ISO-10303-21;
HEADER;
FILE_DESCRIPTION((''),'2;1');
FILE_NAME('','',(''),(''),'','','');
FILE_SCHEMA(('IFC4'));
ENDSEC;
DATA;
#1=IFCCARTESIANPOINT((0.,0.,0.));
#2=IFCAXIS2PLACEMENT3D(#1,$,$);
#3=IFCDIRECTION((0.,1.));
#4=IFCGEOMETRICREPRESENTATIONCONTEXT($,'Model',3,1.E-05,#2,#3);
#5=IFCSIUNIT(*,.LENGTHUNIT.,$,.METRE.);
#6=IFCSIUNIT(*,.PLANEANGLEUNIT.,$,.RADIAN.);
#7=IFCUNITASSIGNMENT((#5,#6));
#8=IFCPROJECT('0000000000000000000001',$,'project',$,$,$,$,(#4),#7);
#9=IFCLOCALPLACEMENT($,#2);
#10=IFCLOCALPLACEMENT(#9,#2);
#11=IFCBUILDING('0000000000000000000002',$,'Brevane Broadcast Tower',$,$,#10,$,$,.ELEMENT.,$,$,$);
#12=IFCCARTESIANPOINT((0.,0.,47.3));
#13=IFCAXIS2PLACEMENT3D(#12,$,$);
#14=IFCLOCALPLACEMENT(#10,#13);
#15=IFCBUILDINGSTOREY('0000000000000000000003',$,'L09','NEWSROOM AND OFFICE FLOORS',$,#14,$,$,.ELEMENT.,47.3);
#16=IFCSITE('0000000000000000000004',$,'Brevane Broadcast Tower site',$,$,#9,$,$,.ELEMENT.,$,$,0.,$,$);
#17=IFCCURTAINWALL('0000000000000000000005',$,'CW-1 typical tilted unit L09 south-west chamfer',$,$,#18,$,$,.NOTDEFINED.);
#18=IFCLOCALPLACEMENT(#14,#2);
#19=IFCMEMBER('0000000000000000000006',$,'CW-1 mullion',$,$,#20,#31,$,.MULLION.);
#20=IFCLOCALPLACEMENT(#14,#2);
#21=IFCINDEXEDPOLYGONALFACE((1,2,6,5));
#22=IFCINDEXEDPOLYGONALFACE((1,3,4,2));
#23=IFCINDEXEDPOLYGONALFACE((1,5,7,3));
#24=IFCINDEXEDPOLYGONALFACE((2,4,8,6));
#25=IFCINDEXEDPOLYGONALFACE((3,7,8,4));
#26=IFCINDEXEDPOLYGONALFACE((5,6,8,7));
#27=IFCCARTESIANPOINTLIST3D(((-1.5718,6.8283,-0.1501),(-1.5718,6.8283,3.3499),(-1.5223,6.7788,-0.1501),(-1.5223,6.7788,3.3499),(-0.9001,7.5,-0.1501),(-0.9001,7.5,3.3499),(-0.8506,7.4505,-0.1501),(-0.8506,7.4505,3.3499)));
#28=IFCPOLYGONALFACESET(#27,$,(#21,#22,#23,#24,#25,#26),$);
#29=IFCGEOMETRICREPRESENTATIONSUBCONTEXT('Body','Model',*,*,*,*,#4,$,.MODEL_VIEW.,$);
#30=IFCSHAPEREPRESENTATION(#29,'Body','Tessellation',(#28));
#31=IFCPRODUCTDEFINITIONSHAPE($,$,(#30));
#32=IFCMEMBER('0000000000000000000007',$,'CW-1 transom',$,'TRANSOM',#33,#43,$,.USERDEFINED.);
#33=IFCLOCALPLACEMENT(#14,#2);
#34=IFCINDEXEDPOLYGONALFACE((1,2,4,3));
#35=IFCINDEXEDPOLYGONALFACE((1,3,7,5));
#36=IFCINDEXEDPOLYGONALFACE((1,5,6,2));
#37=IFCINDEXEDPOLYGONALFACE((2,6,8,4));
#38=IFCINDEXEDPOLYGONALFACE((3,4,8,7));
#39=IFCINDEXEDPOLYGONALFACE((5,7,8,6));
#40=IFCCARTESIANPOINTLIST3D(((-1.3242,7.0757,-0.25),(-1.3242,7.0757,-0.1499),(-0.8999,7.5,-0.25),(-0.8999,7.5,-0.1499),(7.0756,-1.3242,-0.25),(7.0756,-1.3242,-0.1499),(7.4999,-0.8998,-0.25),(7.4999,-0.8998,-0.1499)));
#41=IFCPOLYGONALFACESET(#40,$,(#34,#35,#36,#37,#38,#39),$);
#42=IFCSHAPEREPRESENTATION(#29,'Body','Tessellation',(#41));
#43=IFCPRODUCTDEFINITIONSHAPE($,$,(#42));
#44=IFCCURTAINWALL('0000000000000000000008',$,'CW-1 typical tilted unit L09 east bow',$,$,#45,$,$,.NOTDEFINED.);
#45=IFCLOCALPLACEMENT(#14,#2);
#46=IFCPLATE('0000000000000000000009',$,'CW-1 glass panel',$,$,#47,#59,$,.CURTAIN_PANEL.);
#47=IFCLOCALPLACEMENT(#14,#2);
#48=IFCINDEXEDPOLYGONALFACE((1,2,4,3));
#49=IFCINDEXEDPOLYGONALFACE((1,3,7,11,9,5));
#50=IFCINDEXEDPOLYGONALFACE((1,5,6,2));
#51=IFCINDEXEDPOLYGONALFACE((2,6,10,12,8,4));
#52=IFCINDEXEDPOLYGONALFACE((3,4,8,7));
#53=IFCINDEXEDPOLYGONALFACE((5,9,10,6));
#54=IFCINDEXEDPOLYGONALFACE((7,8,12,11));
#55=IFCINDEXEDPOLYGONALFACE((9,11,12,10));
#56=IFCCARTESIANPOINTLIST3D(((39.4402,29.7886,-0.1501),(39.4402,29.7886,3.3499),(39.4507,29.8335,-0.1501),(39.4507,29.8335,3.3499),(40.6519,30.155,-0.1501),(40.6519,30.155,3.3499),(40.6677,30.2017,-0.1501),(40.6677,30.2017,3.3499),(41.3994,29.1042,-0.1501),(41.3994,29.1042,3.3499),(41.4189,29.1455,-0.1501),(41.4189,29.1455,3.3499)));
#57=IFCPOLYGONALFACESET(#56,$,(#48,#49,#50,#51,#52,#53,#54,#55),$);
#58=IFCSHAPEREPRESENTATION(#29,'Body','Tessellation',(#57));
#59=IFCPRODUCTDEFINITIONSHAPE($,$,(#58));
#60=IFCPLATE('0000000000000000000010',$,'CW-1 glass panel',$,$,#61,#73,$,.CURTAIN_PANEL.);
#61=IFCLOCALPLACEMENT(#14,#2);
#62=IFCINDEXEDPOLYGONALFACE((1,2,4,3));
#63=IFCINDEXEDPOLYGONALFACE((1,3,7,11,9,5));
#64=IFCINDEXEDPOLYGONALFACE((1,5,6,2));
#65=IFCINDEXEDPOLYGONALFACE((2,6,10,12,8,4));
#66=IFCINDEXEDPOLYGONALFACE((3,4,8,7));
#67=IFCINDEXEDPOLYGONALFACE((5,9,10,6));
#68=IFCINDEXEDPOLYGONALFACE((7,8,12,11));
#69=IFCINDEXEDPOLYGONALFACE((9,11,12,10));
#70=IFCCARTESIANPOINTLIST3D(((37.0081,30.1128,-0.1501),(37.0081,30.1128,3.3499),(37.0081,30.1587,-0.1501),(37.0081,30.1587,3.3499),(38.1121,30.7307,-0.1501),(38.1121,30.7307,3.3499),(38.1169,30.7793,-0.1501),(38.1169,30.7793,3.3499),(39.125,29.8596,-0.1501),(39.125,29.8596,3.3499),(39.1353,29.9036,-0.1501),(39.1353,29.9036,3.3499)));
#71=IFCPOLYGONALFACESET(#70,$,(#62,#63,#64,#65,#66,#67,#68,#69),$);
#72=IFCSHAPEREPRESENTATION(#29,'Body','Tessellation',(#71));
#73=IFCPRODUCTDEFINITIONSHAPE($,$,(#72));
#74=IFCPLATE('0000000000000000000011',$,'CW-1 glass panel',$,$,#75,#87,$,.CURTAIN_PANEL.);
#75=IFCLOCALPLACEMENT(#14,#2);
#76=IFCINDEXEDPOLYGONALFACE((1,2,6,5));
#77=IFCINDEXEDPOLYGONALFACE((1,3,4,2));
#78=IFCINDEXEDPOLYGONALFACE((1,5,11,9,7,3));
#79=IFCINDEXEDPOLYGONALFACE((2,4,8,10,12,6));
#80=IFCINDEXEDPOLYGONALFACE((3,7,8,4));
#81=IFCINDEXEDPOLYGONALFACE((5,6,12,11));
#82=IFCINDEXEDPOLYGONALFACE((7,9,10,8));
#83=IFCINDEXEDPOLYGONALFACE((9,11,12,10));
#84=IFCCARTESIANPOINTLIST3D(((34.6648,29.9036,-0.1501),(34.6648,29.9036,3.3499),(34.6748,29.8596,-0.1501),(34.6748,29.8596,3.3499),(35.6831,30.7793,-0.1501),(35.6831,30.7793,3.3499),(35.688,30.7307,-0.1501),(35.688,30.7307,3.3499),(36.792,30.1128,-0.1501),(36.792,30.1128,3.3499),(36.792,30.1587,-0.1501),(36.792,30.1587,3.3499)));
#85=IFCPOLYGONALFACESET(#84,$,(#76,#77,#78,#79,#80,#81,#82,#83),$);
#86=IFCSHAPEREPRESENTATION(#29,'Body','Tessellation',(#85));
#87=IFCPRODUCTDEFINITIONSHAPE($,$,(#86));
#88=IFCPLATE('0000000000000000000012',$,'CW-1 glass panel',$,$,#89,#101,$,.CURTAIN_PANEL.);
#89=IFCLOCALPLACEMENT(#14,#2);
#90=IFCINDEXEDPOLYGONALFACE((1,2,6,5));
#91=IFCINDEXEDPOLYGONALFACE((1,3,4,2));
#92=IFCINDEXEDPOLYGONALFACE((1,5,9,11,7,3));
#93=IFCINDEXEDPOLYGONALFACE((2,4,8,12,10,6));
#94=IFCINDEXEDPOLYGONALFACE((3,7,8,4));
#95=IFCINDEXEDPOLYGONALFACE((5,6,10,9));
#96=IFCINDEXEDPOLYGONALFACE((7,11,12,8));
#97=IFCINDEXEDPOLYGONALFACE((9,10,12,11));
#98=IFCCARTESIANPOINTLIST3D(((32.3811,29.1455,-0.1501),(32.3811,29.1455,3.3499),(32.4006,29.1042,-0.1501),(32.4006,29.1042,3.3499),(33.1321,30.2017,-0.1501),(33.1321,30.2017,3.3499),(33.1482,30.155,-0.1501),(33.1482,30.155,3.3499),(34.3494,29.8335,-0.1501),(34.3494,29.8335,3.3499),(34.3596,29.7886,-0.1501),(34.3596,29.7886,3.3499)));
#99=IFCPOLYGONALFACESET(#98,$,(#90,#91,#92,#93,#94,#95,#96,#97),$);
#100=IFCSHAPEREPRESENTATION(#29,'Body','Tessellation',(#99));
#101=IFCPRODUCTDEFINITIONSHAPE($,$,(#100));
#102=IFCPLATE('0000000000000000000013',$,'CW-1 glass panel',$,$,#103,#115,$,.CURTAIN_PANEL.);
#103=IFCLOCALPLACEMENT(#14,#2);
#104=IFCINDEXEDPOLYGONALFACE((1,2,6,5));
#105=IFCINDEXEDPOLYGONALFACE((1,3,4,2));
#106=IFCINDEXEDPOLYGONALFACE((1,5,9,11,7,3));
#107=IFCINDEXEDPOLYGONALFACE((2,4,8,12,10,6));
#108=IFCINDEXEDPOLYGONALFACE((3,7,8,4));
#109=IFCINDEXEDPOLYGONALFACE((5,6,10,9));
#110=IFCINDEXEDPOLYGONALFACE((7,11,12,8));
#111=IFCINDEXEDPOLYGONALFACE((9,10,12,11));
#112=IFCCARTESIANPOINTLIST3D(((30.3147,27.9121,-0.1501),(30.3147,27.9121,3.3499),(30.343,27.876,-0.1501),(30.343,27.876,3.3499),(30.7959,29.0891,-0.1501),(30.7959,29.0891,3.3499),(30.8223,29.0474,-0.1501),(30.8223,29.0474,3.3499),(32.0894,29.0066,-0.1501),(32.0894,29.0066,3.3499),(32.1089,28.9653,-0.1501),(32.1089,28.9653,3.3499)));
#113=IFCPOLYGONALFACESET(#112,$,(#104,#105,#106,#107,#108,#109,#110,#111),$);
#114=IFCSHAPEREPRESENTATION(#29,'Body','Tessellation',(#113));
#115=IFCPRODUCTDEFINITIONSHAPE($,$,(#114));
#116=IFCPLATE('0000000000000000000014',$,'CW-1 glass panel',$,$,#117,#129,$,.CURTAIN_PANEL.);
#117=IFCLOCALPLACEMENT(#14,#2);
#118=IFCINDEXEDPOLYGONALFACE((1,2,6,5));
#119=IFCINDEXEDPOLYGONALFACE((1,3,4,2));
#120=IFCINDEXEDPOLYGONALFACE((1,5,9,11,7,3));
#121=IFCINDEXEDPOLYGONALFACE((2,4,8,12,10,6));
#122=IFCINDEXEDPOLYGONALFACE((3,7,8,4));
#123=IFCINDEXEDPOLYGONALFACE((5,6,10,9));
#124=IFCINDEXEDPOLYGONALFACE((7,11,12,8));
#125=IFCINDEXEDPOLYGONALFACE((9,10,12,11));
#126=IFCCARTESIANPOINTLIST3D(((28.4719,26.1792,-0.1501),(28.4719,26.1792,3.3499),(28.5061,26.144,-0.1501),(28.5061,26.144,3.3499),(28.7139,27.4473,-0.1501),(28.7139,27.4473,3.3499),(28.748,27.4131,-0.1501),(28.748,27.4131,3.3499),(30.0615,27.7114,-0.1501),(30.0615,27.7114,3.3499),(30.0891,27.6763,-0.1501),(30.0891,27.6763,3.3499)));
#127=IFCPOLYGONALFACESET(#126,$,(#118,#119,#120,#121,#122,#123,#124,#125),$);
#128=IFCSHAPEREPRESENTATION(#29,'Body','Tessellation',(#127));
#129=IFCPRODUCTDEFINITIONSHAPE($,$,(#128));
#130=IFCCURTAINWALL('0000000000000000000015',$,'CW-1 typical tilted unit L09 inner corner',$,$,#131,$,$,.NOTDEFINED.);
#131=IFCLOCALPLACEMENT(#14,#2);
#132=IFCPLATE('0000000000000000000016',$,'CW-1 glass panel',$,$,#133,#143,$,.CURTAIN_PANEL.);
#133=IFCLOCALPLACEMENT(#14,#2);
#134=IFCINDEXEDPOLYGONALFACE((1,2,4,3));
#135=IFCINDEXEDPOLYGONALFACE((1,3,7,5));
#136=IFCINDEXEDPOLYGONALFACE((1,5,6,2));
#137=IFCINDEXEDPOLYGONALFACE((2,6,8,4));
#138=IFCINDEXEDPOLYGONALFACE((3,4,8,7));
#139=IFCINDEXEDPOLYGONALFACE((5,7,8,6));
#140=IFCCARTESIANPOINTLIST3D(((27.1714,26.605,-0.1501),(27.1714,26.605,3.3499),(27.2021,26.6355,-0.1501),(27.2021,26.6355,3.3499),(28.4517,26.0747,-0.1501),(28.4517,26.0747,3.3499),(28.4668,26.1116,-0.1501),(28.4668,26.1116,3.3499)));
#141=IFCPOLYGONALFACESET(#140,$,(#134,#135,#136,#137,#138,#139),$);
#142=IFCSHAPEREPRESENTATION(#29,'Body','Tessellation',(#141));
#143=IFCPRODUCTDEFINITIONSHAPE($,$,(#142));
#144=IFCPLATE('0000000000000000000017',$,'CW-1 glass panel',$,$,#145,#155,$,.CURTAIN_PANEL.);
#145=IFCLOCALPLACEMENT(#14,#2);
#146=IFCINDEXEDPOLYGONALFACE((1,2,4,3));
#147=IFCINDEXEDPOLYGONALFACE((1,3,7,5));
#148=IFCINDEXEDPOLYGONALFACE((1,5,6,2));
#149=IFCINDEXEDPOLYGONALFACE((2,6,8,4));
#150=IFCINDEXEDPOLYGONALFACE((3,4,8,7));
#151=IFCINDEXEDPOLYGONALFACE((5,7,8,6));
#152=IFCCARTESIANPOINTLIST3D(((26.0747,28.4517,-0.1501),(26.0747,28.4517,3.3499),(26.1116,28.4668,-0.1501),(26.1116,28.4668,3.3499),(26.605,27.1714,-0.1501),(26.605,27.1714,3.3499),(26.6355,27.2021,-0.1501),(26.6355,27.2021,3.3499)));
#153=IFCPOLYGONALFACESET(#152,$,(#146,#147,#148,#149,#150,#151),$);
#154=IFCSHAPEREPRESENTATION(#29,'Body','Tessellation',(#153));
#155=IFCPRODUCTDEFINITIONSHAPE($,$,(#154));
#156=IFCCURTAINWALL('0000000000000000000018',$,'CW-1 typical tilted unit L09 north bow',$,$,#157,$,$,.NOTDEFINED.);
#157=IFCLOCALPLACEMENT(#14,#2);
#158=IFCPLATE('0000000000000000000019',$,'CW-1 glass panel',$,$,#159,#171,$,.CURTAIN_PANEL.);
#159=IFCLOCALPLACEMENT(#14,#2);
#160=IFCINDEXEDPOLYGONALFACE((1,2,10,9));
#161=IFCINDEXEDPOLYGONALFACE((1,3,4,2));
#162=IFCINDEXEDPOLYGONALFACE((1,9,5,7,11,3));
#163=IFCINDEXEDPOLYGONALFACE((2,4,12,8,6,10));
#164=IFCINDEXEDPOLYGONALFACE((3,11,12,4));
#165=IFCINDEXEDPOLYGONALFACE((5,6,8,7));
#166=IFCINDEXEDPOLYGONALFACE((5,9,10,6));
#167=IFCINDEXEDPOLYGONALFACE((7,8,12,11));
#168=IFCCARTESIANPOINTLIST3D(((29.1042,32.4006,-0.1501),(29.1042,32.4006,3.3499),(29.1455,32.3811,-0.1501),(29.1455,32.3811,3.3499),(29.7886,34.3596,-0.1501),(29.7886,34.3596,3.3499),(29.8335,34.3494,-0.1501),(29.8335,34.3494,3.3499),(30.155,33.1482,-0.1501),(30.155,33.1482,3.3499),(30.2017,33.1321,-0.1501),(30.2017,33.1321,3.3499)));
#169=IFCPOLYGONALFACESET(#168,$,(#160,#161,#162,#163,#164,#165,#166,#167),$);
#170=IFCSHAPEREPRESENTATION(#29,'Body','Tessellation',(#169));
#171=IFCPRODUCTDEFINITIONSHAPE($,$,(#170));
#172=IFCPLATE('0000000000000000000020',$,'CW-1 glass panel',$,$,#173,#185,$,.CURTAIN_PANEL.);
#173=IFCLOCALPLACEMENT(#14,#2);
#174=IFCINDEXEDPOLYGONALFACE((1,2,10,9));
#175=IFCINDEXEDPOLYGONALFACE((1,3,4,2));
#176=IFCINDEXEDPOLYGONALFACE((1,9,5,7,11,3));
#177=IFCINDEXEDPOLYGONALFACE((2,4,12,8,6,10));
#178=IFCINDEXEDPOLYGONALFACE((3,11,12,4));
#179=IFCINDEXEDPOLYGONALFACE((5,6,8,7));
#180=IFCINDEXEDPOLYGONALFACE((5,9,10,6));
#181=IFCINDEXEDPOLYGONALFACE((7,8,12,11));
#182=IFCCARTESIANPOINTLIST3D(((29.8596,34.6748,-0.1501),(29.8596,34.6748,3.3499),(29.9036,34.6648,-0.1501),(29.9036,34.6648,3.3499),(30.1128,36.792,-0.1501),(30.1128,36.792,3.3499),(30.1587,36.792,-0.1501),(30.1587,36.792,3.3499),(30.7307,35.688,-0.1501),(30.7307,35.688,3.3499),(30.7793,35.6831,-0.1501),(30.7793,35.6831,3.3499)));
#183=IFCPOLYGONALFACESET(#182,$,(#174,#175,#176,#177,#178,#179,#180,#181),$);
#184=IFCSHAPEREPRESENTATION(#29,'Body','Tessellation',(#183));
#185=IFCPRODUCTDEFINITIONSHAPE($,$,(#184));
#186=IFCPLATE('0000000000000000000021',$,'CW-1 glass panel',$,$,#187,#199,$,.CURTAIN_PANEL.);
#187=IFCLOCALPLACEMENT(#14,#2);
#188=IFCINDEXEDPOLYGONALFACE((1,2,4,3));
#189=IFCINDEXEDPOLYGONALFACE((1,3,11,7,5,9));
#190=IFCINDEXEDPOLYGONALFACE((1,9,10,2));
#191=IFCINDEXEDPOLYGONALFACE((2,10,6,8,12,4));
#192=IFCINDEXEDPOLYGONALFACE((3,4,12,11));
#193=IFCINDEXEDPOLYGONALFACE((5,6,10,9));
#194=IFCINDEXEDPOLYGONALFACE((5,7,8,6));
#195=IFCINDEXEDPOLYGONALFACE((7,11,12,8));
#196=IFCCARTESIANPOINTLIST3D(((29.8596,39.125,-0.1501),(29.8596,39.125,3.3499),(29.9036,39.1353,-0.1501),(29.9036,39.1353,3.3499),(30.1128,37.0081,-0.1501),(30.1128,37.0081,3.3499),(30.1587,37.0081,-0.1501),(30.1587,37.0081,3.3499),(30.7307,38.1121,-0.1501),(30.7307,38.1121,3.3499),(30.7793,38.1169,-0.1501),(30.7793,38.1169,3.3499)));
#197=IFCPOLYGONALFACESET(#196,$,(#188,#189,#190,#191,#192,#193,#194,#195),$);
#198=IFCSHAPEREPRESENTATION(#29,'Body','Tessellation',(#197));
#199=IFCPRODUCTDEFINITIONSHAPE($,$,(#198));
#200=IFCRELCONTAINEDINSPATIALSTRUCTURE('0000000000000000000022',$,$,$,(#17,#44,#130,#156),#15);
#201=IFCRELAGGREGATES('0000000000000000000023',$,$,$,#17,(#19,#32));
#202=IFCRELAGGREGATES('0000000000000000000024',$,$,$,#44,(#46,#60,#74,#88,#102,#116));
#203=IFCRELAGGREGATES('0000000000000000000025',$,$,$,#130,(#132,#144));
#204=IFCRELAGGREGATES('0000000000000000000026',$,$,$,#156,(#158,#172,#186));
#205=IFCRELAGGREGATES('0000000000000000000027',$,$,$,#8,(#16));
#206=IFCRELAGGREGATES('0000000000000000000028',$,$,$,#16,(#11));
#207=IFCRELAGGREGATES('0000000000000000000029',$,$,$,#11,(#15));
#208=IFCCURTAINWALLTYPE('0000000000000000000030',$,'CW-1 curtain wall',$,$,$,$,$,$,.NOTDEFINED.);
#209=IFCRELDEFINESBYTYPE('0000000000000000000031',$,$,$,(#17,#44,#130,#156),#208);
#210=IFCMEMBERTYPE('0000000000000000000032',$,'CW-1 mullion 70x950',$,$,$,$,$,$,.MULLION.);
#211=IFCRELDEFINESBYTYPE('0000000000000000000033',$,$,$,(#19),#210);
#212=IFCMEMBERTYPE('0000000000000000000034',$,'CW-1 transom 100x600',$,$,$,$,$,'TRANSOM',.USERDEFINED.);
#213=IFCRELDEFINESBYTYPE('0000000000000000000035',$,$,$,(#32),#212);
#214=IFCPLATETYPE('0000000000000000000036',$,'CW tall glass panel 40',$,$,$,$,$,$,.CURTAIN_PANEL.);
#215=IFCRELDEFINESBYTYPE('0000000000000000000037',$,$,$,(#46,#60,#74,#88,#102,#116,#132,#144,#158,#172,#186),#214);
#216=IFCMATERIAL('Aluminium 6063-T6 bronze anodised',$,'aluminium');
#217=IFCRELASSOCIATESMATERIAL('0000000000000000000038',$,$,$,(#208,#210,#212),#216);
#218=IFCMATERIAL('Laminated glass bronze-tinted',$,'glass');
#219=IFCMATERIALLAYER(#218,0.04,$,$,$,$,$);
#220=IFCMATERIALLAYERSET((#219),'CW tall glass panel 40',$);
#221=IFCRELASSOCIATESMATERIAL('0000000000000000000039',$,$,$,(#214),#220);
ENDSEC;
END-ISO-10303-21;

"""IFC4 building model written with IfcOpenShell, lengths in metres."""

from ifc_helpers import new_model, si_unit, direction, frame, origin, origin_2d, place, context, subcontext, project, spatial, polyline, rectangle, outline, extrude, material, layer, layer_set, material_profile, profile_set, type_object, element, aggregate, save


model = new_model("IFC4")

# Units and contexts
model_context = context("Model", 3, precision=1e-05, world=origin(), true_north=direction((0.0, 1.0)))
body_context = subcontext(model_context, "Body", "Model", "MODEL_VIEW")
ifc_project = project(units=[si_unit("LENGTHUNIT", "METRE"), si_unit("PLANEANGLEUNIT", "RADIAN")], contexts=[model_context])

# Site, building, storey
site_placement = place(None, origin())
site = spatial("IfcSite", under=ifc_project, at=site_placement, Name="Brevane Broadcast Tower site", CompositionType="ELEMENT", RefElevation=0.0)
building_placement = place(site_placement, origin())
building = spatial("IfcBuilding", under=site, at=building_placement, Name="Brevane Broadcast Tower", CompositionType="ELEMENT")
storey_placement = place(building_placement, frame((0.0, 0.0, 47.3)))
storey = spatial("IfcBuildingStorey", under=building, at=storey_placement, Name="L09", Description="NEWSROOM AND OFFICE FLOORS", CompositionType="ELEMENT", Elevation=47.3)

# Curtain wall, members
ifc_material_1 = material(Name="Aluminium 6063-T6 bronze anodised", Category="aluminium")
curtain_wall_type = type_object("IfcCurtainWallType", Name="CW-1 curtain wall", PredefinedType="NOTDEFINED", material=ifc_material_1)
curtain_wall_1_placement = place(storey_placement, origin())
curtain_wall_1 = element("IfcCurtainWall", 1, at=curtain_wall_1_placement, inside=storey, type_object=curtain_wall_type, Name="CW-1 typical tilted unit L09 south-west chamfer", PredefinedType="NOTDEFINED")
ifc_material_profile_1 = material_profile(ifc_material_1, rectangle(XDim=0.95, YDim=0.0701, at=origin_2d()), Name="RECT 70x950")
ifc_profile_set_1 = profile_set([ifc_material_profile_1], Name="Aluminium 6063-T6 bronze anodised")
member_type_1 = type_object("IfcMemberType", Name="CW-1 mullion 70x950", PredefinedType="MULLION", material=ifc_profile_set_1)
member_1_placement = place(storey_placement, frame((-1.2112, 7.1394, -0.1501), z_axis=(0.0, 0.0, 1.0), x_axis=(0.707107, 0.707107, 0.0)))
member_1 = element("IfcMember", 2, at=member_1_placement, type_object=member_type_1, Name="CW-1 mullion", PredefinedType="MULLION", context=body_context, shape_type="SweptSolid", body=[
    extrude(rectangle(XDim=0.95, YDim=0.0701, at=origin_2d()), origin(), (0.0, 0.0, 1.0), 3.5),
])
ifc_material_profile_2 = material_profile(ifc_material_1, rectangle(XDim=0.6001, YDim=0.1001, at=origin_2d()), Name="RECT 100x600")
ifc_profile_set_2 = profile_set([ifc_material_profile_2], Name="Aluminium 6063-T6 bronze anodised")
member_type_2 = type_object("IfcMemberType", Name="CW-1 transom 100x600", ElementType="TRANSOM", PredefinedType="USERDEFINED", material=ifc_profile_set_2)
member_2_placement = place(storey_placement, frame((-1.1121, 7.2878, -0.2), z_axis=(0.707107, -0.707107, 0.0), x_axis=(0.707107, 0.707107, 0.0)))
member_2 = element("IfcMember", 3, at=member_2_placement, type_object=member_type_2, Name="CW-1 transom", ObjectType="TRANSOM", PredefinedType="USERDEFINED", context=body_context, shape_type="SweptSolid", body=[
    extrude(rectangle(XDim=0.6001, YDim=0.1001, at=origin_2d()), origin(), (0.0, 0.0, 1.0), 11.8792),
])
aggregate(curtain_wall_1, [member_1, member_2])

# Curtain walls, plates
curtain_wall_2_placement = place(storey_placement, origin())
curtain_wall_2 = element("IfcCurtainWall", 4, at=curtain_wall_2_placement, inside=storey, type_object=curtain_wall_type, Name="CW-1 typical tilted unit L09 east bow", PredefinedType="NOTDEFINED")
ifc_material_2 = material(Name="Laminated glass bronze-tinted", Category="glass")
ifc_layer_1 = layer(ifc_material_2, 0.04)
ifc_layer_set_1 = layer_set([ifc_layer_1], Name="CW tall glass panel 40")
plate_type = type_object("IfcPlateType", Name="CW tall glass panel 40", PredefinedType="CURTAIN_PANEL", material=ifc_layer_set_1)
plate_1_placement = place(storey_placement, frame((0.0, 0.0, -0.1501)))
plate_1 = element("IfcPlate", 5, at=plate_1_placement, type_object=plate_type, Name="CW-1 glass panel", PredefinedType="CURTAIN_PANEL", context=body_context, shape_type="SweptSolid", body=[
    extrude(outline(polyline([(41.3994, 29.1042), (41.4189, 29.1455), (40.6677, 30.2017), (39.4507, 29.8335), (39.4402, 29.7886), (40.6519, 30.155), (41.3994, 29.1042)])), origin(), (0.0, 0.0, 1.0), 3.5),
])
plate_2_placement = place(storey_placement, frame((0.0, 0.0, -0.1501)))
plate_2 = element("IfcPlate", 6, at=plate_2_placement, type_object=plate_type, Name="CW-1 glass panel", PredefinedType="CURTAIN_PANEL", context=body_context, shape_type="SweptSolid", body=[
    extrude(outline(polyline([(39.125, 29.8596), (39.1353, 29.9036), (38.1169, 30.7793), (37.0081, 30.1587), (37.0081, 30.1128), (38.1121, 30.7307), (39.125, 29.8596)])), origin(), (0.0, 0.0, 1.0), 3.5),
])
plate_3_placement = place(storey_placement, frame((0.0, 0.0, -0.1501)))
plate_3 = element("IfcPlate", 7, at=plate_3_placement, type_object=plate_type, Name="CW-1 glass panel", PredefinedType="CURTAIN_PANEL", context=body_context, shape_type="SweptSolid", body=[
    extrude(outline(polyline([(36.792, 30.1128), (36.792, 30.1587), (35.6831, 30.7793), (34.6648, 29.9036), (34.6748, 29.8596), (35.688, 30.7307), (36.792, 30.1128)])), origin(), (0.0, 0.0, 1.0), 3.5),
])
plate_4_placement = place(storey_placement, frame((0.0, 0.0, -0.1501)))
plate_4 = element("IfcPlate", 8, at=plate_4_placement, type_object=plate_type, Name="CW-1 glass panel", PredefinedType="CURTAIN_PANEL", context=body_context, shape_type="SweptSolid", body=[
    extrude(outline(polyline([(34.3596, 29.7886), (34.3494, 29.8335), (33.1321, 30.2017), (32.3811, 29.1455), (32.4006, 29.1042), (33.1482, 30.155), (34.3596, 29.7886)])), origin(), (0.0, 0.0, 1.0), 3.5),
])
plate_5_placement = place(storey_placement, frame((0.0, 0.0, -0.1501)))
plate_5 = element("IfcPlate", 9, at=plate_5_placement, type_object=plate_type, Name="CW-1 glass panel", PredefinedType="CURTAIN_PANEL", context=body_context, shape_type="SweptSolid", body=[
    extrude(outline(polyline([(32.1089, 28.9653), (32.0894, 29.0066), (30.7959, 29.0891), (30.3147, 27.9121), (30.343, 27.876), (30.8223, 29.0474), (32.1089, 28.9653)])), origin(), (0.0, 0.0, 1.0), 3.5),
])
plate_6_placement = place(storey_placement, frame((0.0, 0.0, -0.1501)))
plate_6 = element("IfcPlate", 10, at=plate_6_placement, type_object=plate_type, Name="CW-1 glass panel", PredefinedType="CURTAIN_PANEL", context=body_context, shape_type="SweptSolid", body=[
    extrude(outline(polyline([(30.0891, 27.6763), (30.0615, 27.7114), (28.7139, 27.4473), (28.4719, 26.1792), (28.5061, 26.144), (28.748, 27.4131), (30.0891, 27.6763)])), origin(), (0.0, 0.0, 1.0), 3.5),
])
aggregate(curtain_wall_2, [plate_1, plate_2, plate_3, plate_4, plate_5, plate_6])
curtain_wall_3_placement = place(storey_placement, origin())
curtain_wall_3 = element("IfcCurtainWall", 11, at=curtain_wall_3_placement, inside=storey, type_object=curtain_wall_type, Name="CW-1 typical tilted unit L09 inner corner", PredefinedType="NOTDEFINED")
plate_7_placement = place(storey_placement, frame((0.0, 0.0, -0.1501)))
plate_7 = element("IfcPlate", 12, at=plate_7_placement, type_object=plate_type, Name="CW-1 glass panel", PredefinedType="CURTAIN_PANEL", context=body_context, shape_type="SweptSolid", body=[
    extrude(outline(polyline([(28.4517, 26.0747), (28.4668, 26.1116), (27.2021, 26.6355), (27.1714, 26.605), (28.4517, 26.0747)])), origin(), (0.0, 0.0, 1.0), 3.5),
])
plate_8_placement = place(storey_placement, frame((0.0, 0.0, -0.1501)))
plate_8 = element("IfcPlate", 13, at=plate_8_placement, type_object=plate_type, Name="CW-1 glass panel", PredefinedType="CURTAIN_PANEL", context=body_context, shape_type="SweptSolid", body=[
    extrude(outline(polyline([(26.605, 27.1714), (26.6355, 27.2021), (26.1116, 28.4668), (26.0747, 28.4517), (26.605, 27.1714)])), origin(), (0.0, 0.0, 1.0), 3.5),
])
aggregate(curtain_wall_3, [plate_7, plate_8])
curtain_wall_4_placement = place(storey_placement, origin())
curtain_wall_4 = element("IfcCurtainWall", 14, at=curtain_wall_4_placement, inside=storey, type_object=curtain_wall_type, Name="CW-1 typical tilted unit L09 north bow", PredefinedType="NOTDEFINED")
plate_9_placement = place(storey_placement, frame((0.0, 0.0, -0.1501)))
plate_9 = element("IfcPlate", 15, at=plate_9_placement, type_object=plate_type, Name="CW-1 glass panel", PredefinedType="CURTAIN_PANEL", context=body_context, shape_type="SweptSolid", body=[
    extrude(outline(polyline([(29.1042, 32.4006), (29.1455, 32.3811), (30.2017, 33.1321), (29.8335, 34.3494), (29.7886, 34.3596), (30.155, 33.1482), (29.1042, 32.4006)])), origin(), (0.0, 0.0, 1.0), 3.5),
])
plate_10_placement = place(storey_placement, frame((0.0, 0.0, -0.1501)))
plate_10 = element("IfcPlate", 16, at=plate_10_placement, type_object=plate_type, Name="CW-1 glass panel", PredefinedType="CURTAIN_PANEL", context=body_context, shape_type="SweptSolid", body=[
    extrude(outline(polyline([(29.8596, 34.6748), (29.9036, 34.6648), (30.7793, 35.6831), (30.1587, 36.792), (30.1128, 36.792), (30.7307, 35.688), (29.8596, 34.6748)])), origin(), (0.0, 0.0, 1.0), 3.5),
])
plate_11_placement = place(storey_placement, frame((0.0, 0.0, -0.1501)))
plate_11 = element("IfcPlate", 17, at=plate_11_placement, type_object=plate_type, Name="CW-1 glass panel", PredefinedType="CURTAIN_PANEL", context=body_context, shape_type="SweptSolid", body=[
    extrude(outline(polyline([(30.1128, 37.0081), (30.1587, 37.0081), (30.7793, 38.1169), (29.9036, 39.1353), (29.8596, 39.125), (30.7307, 38.1121), (30.1128, 37.0081)])), origin(), (0.0, 0.0, 1.0), 3.5),
])

aggregate(curtain_wall_4, [plate_9, plate_10, plate_11])

save(model, "model.ifc")
